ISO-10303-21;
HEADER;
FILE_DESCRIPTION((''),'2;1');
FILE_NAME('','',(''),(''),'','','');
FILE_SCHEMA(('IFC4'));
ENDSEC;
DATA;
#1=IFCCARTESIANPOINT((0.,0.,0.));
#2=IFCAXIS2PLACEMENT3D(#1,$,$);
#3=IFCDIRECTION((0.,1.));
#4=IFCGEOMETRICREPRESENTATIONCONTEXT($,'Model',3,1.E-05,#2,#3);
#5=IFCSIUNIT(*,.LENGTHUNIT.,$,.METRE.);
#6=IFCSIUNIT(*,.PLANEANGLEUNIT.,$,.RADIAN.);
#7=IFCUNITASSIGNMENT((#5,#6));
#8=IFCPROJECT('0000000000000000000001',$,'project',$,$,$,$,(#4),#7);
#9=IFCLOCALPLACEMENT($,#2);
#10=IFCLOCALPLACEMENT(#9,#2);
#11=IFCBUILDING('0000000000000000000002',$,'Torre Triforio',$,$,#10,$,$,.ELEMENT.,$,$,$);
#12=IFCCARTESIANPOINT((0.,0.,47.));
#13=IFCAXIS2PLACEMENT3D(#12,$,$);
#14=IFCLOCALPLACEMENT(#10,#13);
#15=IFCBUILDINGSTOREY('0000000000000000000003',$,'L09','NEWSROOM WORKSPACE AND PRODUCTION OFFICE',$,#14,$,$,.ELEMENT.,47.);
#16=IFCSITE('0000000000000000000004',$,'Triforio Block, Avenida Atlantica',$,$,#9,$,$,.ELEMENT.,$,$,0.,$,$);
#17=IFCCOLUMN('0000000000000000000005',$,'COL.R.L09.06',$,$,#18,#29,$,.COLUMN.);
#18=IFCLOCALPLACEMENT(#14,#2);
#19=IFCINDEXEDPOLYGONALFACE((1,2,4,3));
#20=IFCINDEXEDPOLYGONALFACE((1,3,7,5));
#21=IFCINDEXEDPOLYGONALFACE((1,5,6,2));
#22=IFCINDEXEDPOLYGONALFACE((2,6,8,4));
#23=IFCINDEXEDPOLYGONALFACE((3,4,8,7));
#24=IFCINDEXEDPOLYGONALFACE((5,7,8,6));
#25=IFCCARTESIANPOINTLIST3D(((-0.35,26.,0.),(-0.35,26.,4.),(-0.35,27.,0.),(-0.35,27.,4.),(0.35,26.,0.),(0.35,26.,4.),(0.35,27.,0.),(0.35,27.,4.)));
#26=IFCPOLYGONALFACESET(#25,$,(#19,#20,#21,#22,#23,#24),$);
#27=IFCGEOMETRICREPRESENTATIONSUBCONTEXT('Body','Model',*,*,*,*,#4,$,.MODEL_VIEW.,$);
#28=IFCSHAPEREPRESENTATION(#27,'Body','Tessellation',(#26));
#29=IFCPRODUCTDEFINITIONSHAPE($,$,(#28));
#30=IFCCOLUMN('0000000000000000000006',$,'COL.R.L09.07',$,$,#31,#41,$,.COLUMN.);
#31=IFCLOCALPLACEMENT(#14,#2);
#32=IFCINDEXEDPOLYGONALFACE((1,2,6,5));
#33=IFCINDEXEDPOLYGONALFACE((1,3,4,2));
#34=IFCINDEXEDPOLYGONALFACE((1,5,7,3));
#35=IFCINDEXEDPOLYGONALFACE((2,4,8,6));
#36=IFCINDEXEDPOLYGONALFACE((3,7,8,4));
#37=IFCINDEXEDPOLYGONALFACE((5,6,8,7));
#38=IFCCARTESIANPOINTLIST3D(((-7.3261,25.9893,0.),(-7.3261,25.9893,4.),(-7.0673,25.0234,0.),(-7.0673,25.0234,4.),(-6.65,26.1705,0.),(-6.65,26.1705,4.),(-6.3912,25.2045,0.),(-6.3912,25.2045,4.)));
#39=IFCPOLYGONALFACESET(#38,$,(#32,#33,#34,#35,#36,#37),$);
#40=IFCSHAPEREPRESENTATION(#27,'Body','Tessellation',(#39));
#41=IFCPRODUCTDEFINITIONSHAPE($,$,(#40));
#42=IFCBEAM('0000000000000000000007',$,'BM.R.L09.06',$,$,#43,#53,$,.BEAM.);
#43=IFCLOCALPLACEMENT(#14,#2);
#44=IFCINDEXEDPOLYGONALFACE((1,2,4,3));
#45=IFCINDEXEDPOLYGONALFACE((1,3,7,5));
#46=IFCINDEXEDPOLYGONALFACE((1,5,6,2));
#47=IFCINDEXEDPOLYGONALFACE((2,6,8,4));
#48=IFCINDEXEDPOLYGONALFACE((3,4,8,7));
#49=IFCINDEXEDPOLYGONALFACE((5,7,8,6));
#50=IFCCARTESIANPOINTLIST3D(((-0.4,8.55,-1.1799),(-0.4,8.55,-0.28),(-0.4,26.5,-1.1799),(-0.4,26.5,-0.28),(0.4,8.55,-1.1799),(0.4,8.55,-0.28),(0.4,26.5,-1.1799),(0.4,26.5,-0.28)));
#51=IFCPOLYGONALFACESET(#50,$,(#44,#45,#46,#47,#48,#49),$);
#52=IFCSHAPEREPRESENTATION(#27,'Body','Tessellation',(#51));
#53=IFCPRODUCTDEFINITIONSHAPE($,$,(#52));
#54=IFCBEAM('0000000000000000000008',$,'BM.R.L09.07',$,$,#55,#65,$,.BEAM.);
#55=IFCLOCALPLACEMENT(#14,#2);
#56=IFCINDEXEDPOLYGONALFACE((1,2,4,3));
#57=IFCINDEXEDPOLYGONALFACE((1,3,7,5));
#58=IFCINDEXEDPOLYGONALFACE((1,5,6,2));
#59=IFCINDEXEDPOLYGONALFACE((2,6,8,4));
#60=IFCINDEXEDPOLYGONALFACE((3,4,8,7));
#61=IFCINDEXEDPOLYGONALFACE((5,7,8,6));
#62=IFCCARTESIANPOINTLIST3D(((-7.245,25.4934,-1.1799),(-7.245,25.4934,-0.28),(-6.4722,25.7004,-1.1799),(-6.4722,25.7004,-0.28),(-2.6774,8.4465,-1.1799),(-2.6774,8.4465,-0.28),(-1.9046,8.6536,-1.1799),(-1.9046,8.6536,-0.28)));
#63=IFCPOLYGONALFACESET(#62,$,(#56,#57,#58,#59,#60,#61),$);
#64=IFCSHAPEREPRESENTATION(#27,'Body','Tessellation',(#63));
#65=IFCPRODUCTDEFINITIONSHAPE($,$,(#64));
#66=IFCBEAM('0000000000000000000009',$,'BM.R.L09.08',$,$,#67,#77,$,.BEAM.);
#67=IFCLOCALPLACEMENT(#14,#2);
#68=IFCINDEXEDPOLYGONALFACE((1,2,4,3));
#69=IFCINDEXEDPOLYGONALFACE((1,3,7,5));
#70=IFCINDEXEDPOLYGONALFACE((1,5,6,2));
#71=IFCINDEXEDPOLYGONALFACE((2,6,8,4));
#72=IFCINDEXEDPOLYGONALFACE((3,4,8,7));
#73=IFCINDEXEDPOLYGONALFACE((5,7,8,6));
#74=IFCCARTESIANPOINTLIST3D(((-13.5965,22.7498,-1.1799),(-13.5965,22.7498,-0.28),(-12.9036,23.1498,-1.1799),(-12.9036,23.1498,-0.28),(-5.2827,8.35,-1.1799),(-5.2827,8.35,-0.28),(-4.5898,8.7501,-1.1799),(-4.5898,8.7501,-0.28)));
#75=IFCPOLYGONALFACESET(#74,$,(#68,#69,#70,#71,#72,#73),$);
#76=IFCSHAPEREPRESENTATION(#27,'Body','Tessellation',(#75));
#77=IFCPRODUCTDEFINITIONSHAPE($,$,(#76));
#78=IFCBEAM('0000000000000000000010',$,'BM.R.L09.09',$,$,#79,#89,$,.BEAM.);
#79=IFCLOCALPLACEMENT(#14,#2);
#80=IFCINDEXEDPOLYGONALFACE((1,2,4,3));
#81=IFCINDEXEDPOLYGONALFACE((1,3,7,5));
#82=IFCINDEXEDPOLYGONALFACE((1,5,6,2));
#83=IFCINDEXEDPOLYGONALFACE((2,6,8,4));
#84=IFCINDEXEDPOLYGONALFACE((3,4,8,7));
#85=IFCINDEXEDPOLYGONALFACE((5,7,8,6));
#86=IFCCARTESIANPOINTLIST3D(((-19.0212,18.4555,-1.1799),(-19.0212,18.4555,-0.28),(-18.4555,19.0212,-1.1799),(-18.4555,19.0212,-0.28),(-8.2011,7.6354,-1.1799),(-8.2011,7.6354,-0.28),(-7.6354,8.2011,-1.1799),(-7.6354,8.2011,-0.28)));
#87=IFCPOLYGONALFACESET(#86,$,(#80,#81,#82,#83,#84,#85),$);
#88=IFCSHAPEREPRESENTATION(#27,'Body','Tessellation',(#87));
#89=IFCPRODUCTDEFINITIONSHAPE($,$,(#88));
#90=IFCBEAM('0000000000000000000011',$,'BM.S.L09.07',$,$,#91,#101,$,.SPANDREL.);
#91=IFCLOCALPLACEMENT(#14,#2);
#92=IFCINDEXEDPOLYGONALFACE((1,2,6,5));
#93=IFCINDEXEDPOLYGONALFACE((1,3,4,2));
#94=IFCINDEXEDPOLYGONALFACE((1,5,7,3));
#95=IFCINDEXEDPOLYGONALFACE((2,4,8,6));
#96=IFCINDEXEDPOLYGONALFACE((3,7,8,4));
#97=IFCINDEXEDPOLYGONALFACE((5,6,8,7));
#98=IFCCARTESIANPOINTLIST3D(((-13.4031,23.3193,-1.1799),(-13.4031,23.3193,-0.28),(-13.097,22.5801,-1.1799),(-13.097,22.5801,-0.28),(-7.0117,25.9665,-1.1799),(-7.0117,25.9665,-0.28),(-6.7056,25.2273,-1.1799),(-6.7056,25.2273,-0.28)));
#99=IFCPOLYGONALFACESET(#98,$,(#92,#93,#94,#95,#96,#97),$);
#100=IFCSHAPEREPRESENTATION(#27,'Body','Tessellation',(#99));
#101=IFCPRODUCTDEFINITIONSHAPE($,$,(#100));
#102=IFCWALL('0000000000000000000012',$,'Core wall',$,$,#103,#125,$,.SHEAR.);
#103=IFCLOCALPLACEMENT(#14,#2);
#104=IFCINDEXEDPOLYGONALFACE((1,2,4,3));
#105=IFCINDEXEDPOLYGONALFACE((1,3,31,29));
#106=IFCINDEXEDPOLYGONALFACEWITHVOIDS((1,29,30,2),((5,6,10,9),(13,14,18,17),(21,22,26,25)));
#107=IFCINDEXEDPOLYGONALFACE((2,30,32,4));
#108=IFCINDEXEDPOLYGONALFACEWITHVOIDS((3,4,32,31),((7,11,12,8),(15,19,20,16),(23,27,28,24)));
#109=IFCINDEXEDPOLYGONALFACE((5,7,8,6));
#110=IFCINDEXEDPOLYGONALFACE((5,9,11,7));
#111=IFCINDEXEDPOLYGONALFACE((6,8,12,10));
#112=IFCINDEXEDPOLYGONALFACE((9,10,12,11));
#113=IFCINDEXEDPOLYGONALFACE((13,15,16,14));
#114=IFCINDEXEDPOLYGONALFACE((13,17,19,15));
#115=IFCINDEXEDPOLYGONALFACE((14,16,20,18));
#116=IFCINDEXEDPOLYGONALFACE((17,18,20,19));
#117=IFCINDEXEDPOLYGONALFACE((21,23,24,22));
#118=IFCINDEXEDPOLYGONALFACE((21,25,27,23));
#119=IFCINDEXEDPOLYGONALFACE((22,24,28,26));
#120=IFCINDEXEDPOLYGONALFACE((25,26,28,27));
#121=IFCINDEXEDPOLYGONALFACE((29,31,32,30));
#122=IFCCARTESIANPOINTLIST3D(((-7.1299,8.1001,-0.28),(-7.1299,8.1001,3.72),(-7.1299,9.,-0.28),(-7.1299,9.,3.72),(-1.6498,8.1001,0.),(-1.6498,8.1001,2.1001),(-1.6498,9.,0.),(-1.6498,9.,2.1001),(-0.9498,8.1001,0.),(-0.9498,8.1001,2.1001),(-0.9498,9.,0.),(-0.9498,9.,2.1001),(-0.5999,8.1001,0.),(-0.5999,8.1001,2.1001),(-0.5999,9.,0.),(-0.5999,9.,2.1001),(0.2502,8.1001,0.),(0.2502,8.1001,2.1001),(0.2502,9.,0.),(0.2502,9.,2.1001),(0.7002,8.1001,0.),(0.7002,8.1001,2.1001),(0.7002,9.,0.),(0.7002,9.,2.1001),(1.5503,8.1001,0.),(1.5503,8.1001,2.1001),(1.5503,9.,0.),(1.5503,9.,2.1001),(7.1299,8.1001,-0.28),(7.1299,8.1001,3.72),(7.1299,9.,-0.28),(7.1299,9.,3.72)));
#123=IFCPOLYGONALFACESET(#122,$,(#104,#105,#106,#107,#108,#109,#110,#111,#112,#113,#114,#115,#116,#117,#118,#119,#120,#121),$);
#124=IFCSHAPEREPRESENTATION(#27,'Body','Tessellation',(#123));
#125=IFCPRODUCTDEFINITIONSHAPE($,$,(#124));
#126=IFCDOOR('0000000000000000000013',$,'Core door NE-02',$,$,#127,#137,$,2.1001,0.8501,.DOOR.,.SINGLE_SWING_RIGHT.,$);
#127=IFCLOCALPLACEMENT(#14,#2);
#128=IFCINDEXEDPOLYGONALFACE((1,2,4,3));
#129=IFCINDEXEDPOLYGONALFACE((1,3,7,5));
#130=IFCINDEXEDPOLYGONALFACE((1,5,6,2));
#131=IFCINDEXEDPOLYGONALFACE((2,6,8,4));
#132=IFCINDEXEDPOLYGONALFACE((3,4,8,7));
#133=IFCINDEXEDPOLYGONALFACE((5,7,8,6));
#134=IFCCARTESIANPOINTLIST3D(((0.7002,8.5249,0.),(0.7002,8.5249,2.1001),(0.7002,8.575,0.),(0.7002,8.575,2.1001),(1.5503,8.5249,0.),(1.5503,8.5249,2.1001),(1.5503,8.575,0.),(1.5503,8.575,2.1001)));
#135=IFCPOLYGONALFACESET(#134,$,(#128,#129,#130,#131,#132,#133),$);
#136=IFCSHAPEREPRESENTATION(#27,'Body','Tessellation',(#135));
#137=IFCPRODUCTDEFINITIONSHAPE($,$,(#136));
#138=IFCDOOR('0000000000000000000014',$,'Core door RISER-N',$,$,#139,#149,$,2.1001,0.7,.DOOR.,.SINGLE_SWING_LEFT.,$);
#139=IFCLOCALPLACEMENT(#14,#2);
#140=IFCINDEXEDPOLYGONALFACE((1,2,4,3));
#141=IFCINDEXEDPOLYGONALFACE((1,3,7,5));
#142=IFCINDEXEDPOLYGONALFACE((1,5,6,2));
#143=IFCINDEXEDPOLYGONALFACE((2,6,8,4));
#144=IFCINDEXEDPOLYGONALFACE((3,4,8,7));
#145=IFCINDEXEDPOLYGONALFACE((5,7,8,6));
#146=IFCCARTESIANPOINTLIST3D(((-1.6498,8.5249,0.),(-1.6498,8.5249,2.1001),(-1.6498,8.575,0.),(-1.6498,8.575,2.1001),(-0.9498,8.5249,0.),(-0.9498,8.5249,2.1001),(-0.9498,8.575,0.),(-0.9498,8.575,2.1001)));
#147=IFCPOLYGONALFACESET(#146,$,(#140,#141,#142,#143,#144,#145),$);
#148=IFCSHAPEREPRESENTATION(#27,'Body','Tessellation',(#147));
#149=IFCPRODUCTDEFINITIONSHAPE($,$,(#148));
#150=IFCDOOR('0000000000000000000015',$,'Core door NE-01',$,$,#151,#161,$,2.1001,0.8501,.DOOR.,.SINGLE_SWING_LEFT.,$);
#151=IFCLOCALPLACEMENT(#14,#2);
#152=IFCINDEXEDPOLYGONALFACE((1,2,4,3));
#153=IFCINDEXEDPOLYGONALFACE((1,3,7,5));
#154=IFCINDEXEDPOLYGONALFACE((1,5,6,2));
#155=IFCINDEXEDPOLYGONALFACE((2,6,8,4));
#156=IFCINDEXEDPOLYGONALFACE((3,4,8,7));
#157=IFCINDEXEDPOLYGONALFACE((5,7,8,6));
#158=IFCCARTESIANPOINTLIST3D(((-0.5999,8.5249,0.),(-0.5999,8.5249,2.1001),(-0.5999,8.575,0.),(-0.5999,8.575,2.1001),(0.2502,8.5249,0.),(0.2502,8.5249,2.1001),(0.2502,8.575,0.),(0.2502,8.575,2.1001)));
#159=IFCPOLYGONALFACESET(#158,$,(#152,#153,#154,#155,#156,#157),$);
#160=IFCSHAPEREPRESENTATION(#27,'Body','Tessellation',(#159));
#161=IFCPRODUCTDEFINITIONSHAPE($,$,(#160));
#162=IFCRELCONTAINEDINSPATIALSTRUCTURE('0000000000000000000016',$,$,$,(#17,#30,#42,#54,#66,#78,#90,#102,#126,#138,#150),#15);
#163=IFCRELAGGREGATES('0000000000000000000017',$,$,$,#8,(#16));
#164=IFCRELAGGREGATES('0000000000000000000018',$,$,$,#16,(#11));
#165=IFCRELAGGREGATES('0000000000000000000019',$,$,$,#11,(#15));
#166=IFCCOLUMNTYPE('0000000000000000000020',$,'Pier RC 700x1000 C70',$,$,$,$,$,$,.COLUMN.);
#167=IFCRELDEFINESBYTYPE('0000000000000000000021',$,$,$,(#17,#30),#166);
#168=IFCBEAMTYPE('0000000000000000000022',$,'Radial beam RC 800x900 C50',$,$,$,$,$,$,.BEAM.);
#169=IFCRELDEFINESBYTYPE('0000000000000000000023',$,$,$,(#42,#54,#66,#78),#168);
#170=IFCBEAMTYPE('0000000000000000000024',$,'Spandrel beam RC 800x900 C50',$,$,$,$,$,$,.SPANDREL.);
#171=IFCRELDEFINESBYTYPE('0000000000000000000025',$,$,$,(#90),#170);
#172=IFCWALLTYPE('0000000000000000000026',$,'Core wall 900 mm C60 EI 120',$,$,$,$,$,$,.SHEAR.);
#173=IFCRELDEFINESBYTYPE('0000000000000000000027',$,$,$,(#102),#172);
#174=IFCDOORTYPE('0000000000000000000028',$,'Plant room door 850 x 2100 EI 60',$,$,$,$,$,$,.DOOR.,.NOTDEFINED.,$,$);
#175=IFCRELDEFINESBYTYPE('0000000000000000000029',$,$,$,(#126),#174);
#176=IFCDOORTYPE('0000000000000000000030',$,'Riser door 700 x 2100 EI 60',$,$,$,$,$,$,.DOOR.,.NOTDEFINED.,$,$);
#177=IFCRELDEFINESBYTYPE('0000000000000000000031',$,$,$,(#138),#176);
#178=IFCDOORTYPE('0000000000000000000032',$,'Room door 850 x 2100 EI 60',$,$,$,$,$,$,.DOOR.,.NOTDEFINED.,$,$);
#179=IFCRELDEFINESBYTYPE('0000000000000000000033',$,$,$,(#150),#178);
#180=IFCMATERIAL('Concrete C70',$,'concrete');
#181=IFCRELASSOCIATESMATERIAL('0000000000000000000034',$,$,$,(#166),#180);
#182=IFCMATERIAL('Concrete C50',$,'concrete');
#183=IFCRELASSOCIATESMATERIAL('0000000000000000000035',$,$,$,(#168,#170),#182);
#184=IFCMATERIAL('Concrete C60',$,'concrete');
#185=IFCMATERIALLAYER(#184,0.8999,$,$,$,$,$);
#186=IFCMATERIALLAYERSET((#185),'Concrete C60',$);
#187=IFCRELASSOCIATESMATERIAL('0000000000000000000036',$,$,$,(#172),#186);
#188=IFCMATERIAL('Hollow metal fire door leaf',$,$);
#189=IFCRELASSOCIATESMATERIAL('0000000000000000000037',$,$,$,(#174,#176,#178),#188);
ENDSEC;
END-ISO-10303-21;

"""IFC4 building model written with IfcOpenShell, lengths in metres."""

from ifc_helpers import new_model, si_unit, direction, frame, frame_2d, origin, origin_2d, place, context, subcontext, project, spatial, rectangle, extrude, material, layer, layer_set, material_profile, profile_set, type_object, element, fill, save


model = new_model("IFC4")

# Units and contexts
model_context = context("Model", 3, precision=1e-05, world=origin(), true_north=direction((0.0, 1.0)))
body_context = subcontext(model_context, "Body", "Model", "MODEL_VIEW")
ifc_project = project(units=[si_unit("LENGTHUNIT", "METRE"), si_unit("PLANEANGLEUNIT", "RADIAN")], contexts=[model_context])

# Site, building, storey
site_placement = place(None, origin())
site = spatial("IfcSite", under=ifc_project, at=site_placement, Name="Triforio Block, Avenida Atlantica", CompositionType="ELEMENT", RefElevation=0.0)
building_placement = place(site_placement, origin())
building = spatial("IfcBuilding", under=site, at=building_placement, Name="Torre Triforio", CompositionType="ELEMENT")
storey_placement = place(building_placement, frame((0.0, 0.0, 47.0)))
storey = spatial("IfcBuildingStorey", under=building, at=storey_placement, Name="L09", Description="NEWSROOM WORKSPACE AND PRODUCTION OFFICE", CompositionType="ELEMENT", Elevation=47.0)

# Columns
ifc_material_1 = material(Name="Concrete C70", Category="concrete")
ifc_material_profile_1 = material_profile(ifc_material_1, rectangle(XDim=0.7, YDim=1.0, at=origin_2d()), Name="RC 700x1000")
ifc_profile_set_1 = profile_set([ifc_material_profile_1], Name="Concrete C70")
column_type = type_object("IfcColumnType", Name="Pier RC 700x1000 C70", PredefinedType="COLUMN", material=ifc_profile_set_1)
for number, where, z_axis, x_axis, name in (
    (1, (0.0, 26.5, 0.0), (0.0, 0.0, 1.0), (-1.0, 0.0, 0.0), "COL.R.L09.06"),
    (2, (-6.8586, 25.5969, 0.0), (0.0, 0.0, 1.0), (-0.965926, -0.258819, 0.0), "COL.R.L09.07"),
):
    element("IfcColumn", number, at=place(storey_placement, frame(where, z_axis=z_axis, x_axis=x_axis)), inside=storey, type_object=column_type, Name=name, PredefinedType="COLUMN", context=body_context, shape_type="SweptSolid", body=[
        extrude(rectangle(XDim=0.7, YDim=1.0, at=origin_2d()), origin(), (0.0, 0.0, 1.0), 4.0),
    ])

# Beams
ifc_material_2 = material(Name="Concrete C50", Category="concrete")
ifc_material_profile_2 = material_profile(ifc_material_2, rectangle(XDim=0.8, YDim=0.8999, at=origin_2d()), Name="RC 800x900")
ifc_profile_set_2 = profile_set([ifc_material_profile_2], Name="Concrete C50")
beam_type_1 = type_object("IfcBeamType", Name="Radial beam RC 800x900 C50", PredefinedType="BEAM", material=ifc_profile_set_2)
beam_1_placement = place(storey_placement, frame((0.0, 8.55, -0.73), z_axis=(0.0, 1.0, 0.0), x_axis=(-1.0, 0.0, 0.0)))
element("IfcBeam", 3, at=beam_1_placement, inside=storey, type_object=beam_type_1, Name="BM.R.L09.06", PredefinedType="BEAM", context=body_context, shape_type="SweptSolid", body=[
    extrude(rectangle(XDim=0.8, YDim=0.8999, at=origin_2d()), origin(), (0.0, 0.0, 1.0), 17.95),
])
beam_2_placement = place(storey_placement, frame((-2.291, 8.55, -0.73), z_axis=(-0.258815, 0.965927, 0.0), x_axis=(-0.965927, -0.258815, 0.0)))
element("IfcBeam", 4, at=beam_2_placement, inside=storey, type_object=beam_type_1, Name="BM.R.L09.07", PredefinedType="BEAM", context=body_context, shape_type="SweptSolid", body=[
    extrude(rectangle(XDim=0.8, YDim=0.8999, at=origin_2d()), origin(), (0.0, 0.0, 1.0), 17.6482),
])
beam_3_placement = place(storey_placement, frame((-4.9363, 8.55, -0.73), z_axis=(-0.500003, 0.866023, 0.0), x_axis=(-0.866023, -0.500003, 0.0)))
element("IfcBeam", 5, at=beam_3_placement, inside=storey, type_object=beam_type_1, Name="BM.R.L09.08", PredefinedType="BEAM", context=body_context, shape_type="SweptSolid", body=[
    extrude(rectangle(XDim=0.8, YDim=0.8999, at=origin_2d()), origin(), (0.0, 0.0, 1.0), 16.6274),
])
beam_4_placement = place(storey_placement, frame((-7.9182, 7.9182, -0.73), z_axis=(-0.707107, 0.707107, 0.0), x_axis=(-0.707107, -0.707107, 0.0)))
element("IfcBeam", 6, at=beam_4_placement, inside=storey, type_object=beam_type_1, Name="BM.R.L09.09", PredefinedType="BEAM", context=body_context, shape_type="SweptSolid", body=[
    extrude(rectangle(XDim=0.8, YDim=0.8999, at=origin_2d()), origin(), (0.0, 0.0, 1.0), 15.302),
])
ifc_material_profile_3 = material_profile(ifc_material_2, rectangle(XDim=0.8, YDim=0.8999, at=origin_2d()), Name="RC 800x900")
ifc_profile_set_3 = profile_set([ifc_material_profile_3], Name="Concrete C50")
beam_type_2 = type_object("IfcBeamType", Name="Spandrel beam RC 800x900 C50", PredefinedType="SPANDREL", material=ifc_profile_set_3)
beam_5_placement = place(storey_placement, frame((-6.8586, 25.5969, -0.73), z_axis=(-0.923888, -0.382662, 0.0), x_axis=(0.382662, -0.923888, 0.0)))
element("IfcBeam", 7, at=beam_5_placement, inside=storey, type_object=beam_type_2, Name="BM.S.L09.07", PredefinedType="SPANDREL", context=body_context, shape_type="SweptSolid", body=[
    extrude(rectangle(XDim=0.8, YDim=0.8999, at=origin_2d()), origin(), (0.0, 0.0, 1.0), 6.918),
])

# Wall, openings, doors
ifc_material_3 = material(Name="Concrete C60", Category="concrete")
ifc_layer_1 = layer(ifc_material_3, 0.8999)
ifc_layer_set_1 = layer_set([ifc_layer_1], Name="Concrete C60")
wall_type_1 = type_object("IfcWallType", Name="Core wall 900 mm C60 EI 120", PredefinedType="SHEAR", material=ifc_layer_set_1)
wall_1_placement = place(storey_placement, frame((-7.1299, 8.55, -0.28), z_axis=(0.0, 0.0, 1.0), x_axis=(1.0, 0.0, 0.0)))
wall_1 = element("IfcWall", 8, at=wall_1_placement, inside=storey, type_object=wall_type_1, Name="Core wall", PredefinedType="SHEAR", context=body_context, shape_type="SweptSolid", body=[
    extrude(rectangle(XDim=14.2598, YDim=0.8999, at=frame_2d((7.1299, 0.0))), origin(), (0.0, 0.0, 1.0), 4.0),
])
opening_1_placement = place(wall_1_placement, frame((5.48, 0.0, 0.28)))
opening_1 = element("IfcOpeningElement", 9, at=opening_1_placement, cuts=wall_1, PredefinedType="OPENING", context=body_context, shape_type="SweptSolid", body=[
    extrude(rectangle(XDim=0.7, YDim=2.1001, at=frame_2d((0.3501, 1.05))), frame((0.0, 0.46, 0.0), z_axis=(0.0, -1.0, 0.0), x_axis=(1.0, 0.0, 0.0)), (0.0, 0.0, 1.0), 0.9199),
])
opening_2_placement = place(wall_1_placement, frame((6.53, 0.0, 0.28)))
opening_2 = element("IfcOpeningElement", 10, at=opening_2_placement, cuts=wall_1, PredefinedType="OPENING", context=body_context, shape_type="SweptSolid", body=[
    extrude(rectangle(XDim=0.8501, YDim=2.1001, at=frame_2d((0.425, 1.05))), frame((0.0, 0.46, 0.0), z_axis=(0.0, -1.0, 0.0), x_axis=(1.0, 0.0, 0.0)), (0.0, 0.0, 1.0), 0.9199),
])
opening_3_placement = place(wall_1_placement, frame((7.8301, 0.0, 0.28)))
opening_3 = element("IfcOpeningElement", 11, at=opening_3_placement, cuts=wall_1, PredefinedType="OPENING", context=body_context, shape_type="SweptSolid", body=[
    extrude(rectangle(XDim=0.8501, YDim=2.1001, at=frame_2d((0.425, 1.05))), frame((0.0, 0.46, 0.0), z_axis=(0.0, -1.0, 0.0), x_axis=(1.0, 0.0, 0.0)), (0.0, 0.0, 1.0), 0.9199),
])
ifc_material_4 = material(Name="Hollow metal fire door leaf")
door_type_1 = type_object("IfcDoorType", Name="Plant room door 850 x 2100 EI 60", OperationType="NOTDEFINED", PredefinedType="DOOR", material=ifc_material_4)
door_1_placement = place(opening_3_placement, origin())
door_1 = element("IfcDoor", 12, at=door_1_placement, inside=storey, type_object=door_type_1, Name="Core door NE-02", OperationType="SINGLE_SWING_RIGHT", OverallHeight=2.1001, OverallWidth=0.8501, PredefinedType="DOOR", context=body_context, shape_type="SweptSolid", body=[
    extrude(rectangle(XDim=0.8501, YDim=2.1001, at=frame_2d((0.425, 1.05))), frame((0.0, 0.0249, 0.0), z_axis=(0.0, -1.0, 0.0), x_axis=(1.0, 0.0, 0.0)), (0.0, 0.0, 1.0), 0.05),
])
fill(opening_3, door_1)
door_type_2 = type_object("IfcDoorType", Name="Riser door 700 x 2100 EI 60", OperationType="NOTDEFINED", PredefinedType="DOOR", material=ifc_material_4)
door_2_placement = place(opening_1_placement, origin())
door_2 = element("IfcDoor", 13, at=door_2_placement, inside=storey, type_object=door_type_2, Name="Core door RISER-N", OperationType="SINGLE_SWING_LEFT", OverallHeight=2.1001, OverallWidth=0.7, PredefinedType="DOOR", context=body_context, shape_type="SweptSolid", body=[
    extrude(rectangle(XDim=0.7, YDim=2.1001, at=frame_2d((0.3501, 1.05))), frame((0.0, 0.0249, 0.0), z_axis=(0.0, -1.0, 0.0), x_axis=(1.0, 0.0, 0.0)), (0.0, 0.0, 1.0), 0.05),
])
fill(opening_1, door_2)
door_type_3 = type_object("IfcDoorType", Name="Room door 850 x 2100 EI 60", OperationType="NOTDEFINED", PredefinedType="DOOR", material=ifc_material_4)
door_3_placement = place(opening_2_placement, origin())
door_3 = element("IfcDoor", 14, at=door_3_placement, inside=storey, type_object=door_type_3, Name="Core door NE-01", OperationType="SINGLE_SWING_LEFT", OverallHeight=2.1001, OverallWidth=0.8501, PredefinedType="DOOR", context=body_context, shape_type="SweptSolid", body=[
    extrude(rectangle(XDim=0.8501, YDim=2.1001, at=frame_2d((0.425, 1.05))), frame((0.0, 0.0249, 0.0), z_axis=(0.0, -1.0, 0.0), x_axis=(1.0, 0.0, 0.0)), (0.0, 0.0, 1.0), 0.05),
])
fill(opening_2, door_3)

save(model, "model.ifc")
